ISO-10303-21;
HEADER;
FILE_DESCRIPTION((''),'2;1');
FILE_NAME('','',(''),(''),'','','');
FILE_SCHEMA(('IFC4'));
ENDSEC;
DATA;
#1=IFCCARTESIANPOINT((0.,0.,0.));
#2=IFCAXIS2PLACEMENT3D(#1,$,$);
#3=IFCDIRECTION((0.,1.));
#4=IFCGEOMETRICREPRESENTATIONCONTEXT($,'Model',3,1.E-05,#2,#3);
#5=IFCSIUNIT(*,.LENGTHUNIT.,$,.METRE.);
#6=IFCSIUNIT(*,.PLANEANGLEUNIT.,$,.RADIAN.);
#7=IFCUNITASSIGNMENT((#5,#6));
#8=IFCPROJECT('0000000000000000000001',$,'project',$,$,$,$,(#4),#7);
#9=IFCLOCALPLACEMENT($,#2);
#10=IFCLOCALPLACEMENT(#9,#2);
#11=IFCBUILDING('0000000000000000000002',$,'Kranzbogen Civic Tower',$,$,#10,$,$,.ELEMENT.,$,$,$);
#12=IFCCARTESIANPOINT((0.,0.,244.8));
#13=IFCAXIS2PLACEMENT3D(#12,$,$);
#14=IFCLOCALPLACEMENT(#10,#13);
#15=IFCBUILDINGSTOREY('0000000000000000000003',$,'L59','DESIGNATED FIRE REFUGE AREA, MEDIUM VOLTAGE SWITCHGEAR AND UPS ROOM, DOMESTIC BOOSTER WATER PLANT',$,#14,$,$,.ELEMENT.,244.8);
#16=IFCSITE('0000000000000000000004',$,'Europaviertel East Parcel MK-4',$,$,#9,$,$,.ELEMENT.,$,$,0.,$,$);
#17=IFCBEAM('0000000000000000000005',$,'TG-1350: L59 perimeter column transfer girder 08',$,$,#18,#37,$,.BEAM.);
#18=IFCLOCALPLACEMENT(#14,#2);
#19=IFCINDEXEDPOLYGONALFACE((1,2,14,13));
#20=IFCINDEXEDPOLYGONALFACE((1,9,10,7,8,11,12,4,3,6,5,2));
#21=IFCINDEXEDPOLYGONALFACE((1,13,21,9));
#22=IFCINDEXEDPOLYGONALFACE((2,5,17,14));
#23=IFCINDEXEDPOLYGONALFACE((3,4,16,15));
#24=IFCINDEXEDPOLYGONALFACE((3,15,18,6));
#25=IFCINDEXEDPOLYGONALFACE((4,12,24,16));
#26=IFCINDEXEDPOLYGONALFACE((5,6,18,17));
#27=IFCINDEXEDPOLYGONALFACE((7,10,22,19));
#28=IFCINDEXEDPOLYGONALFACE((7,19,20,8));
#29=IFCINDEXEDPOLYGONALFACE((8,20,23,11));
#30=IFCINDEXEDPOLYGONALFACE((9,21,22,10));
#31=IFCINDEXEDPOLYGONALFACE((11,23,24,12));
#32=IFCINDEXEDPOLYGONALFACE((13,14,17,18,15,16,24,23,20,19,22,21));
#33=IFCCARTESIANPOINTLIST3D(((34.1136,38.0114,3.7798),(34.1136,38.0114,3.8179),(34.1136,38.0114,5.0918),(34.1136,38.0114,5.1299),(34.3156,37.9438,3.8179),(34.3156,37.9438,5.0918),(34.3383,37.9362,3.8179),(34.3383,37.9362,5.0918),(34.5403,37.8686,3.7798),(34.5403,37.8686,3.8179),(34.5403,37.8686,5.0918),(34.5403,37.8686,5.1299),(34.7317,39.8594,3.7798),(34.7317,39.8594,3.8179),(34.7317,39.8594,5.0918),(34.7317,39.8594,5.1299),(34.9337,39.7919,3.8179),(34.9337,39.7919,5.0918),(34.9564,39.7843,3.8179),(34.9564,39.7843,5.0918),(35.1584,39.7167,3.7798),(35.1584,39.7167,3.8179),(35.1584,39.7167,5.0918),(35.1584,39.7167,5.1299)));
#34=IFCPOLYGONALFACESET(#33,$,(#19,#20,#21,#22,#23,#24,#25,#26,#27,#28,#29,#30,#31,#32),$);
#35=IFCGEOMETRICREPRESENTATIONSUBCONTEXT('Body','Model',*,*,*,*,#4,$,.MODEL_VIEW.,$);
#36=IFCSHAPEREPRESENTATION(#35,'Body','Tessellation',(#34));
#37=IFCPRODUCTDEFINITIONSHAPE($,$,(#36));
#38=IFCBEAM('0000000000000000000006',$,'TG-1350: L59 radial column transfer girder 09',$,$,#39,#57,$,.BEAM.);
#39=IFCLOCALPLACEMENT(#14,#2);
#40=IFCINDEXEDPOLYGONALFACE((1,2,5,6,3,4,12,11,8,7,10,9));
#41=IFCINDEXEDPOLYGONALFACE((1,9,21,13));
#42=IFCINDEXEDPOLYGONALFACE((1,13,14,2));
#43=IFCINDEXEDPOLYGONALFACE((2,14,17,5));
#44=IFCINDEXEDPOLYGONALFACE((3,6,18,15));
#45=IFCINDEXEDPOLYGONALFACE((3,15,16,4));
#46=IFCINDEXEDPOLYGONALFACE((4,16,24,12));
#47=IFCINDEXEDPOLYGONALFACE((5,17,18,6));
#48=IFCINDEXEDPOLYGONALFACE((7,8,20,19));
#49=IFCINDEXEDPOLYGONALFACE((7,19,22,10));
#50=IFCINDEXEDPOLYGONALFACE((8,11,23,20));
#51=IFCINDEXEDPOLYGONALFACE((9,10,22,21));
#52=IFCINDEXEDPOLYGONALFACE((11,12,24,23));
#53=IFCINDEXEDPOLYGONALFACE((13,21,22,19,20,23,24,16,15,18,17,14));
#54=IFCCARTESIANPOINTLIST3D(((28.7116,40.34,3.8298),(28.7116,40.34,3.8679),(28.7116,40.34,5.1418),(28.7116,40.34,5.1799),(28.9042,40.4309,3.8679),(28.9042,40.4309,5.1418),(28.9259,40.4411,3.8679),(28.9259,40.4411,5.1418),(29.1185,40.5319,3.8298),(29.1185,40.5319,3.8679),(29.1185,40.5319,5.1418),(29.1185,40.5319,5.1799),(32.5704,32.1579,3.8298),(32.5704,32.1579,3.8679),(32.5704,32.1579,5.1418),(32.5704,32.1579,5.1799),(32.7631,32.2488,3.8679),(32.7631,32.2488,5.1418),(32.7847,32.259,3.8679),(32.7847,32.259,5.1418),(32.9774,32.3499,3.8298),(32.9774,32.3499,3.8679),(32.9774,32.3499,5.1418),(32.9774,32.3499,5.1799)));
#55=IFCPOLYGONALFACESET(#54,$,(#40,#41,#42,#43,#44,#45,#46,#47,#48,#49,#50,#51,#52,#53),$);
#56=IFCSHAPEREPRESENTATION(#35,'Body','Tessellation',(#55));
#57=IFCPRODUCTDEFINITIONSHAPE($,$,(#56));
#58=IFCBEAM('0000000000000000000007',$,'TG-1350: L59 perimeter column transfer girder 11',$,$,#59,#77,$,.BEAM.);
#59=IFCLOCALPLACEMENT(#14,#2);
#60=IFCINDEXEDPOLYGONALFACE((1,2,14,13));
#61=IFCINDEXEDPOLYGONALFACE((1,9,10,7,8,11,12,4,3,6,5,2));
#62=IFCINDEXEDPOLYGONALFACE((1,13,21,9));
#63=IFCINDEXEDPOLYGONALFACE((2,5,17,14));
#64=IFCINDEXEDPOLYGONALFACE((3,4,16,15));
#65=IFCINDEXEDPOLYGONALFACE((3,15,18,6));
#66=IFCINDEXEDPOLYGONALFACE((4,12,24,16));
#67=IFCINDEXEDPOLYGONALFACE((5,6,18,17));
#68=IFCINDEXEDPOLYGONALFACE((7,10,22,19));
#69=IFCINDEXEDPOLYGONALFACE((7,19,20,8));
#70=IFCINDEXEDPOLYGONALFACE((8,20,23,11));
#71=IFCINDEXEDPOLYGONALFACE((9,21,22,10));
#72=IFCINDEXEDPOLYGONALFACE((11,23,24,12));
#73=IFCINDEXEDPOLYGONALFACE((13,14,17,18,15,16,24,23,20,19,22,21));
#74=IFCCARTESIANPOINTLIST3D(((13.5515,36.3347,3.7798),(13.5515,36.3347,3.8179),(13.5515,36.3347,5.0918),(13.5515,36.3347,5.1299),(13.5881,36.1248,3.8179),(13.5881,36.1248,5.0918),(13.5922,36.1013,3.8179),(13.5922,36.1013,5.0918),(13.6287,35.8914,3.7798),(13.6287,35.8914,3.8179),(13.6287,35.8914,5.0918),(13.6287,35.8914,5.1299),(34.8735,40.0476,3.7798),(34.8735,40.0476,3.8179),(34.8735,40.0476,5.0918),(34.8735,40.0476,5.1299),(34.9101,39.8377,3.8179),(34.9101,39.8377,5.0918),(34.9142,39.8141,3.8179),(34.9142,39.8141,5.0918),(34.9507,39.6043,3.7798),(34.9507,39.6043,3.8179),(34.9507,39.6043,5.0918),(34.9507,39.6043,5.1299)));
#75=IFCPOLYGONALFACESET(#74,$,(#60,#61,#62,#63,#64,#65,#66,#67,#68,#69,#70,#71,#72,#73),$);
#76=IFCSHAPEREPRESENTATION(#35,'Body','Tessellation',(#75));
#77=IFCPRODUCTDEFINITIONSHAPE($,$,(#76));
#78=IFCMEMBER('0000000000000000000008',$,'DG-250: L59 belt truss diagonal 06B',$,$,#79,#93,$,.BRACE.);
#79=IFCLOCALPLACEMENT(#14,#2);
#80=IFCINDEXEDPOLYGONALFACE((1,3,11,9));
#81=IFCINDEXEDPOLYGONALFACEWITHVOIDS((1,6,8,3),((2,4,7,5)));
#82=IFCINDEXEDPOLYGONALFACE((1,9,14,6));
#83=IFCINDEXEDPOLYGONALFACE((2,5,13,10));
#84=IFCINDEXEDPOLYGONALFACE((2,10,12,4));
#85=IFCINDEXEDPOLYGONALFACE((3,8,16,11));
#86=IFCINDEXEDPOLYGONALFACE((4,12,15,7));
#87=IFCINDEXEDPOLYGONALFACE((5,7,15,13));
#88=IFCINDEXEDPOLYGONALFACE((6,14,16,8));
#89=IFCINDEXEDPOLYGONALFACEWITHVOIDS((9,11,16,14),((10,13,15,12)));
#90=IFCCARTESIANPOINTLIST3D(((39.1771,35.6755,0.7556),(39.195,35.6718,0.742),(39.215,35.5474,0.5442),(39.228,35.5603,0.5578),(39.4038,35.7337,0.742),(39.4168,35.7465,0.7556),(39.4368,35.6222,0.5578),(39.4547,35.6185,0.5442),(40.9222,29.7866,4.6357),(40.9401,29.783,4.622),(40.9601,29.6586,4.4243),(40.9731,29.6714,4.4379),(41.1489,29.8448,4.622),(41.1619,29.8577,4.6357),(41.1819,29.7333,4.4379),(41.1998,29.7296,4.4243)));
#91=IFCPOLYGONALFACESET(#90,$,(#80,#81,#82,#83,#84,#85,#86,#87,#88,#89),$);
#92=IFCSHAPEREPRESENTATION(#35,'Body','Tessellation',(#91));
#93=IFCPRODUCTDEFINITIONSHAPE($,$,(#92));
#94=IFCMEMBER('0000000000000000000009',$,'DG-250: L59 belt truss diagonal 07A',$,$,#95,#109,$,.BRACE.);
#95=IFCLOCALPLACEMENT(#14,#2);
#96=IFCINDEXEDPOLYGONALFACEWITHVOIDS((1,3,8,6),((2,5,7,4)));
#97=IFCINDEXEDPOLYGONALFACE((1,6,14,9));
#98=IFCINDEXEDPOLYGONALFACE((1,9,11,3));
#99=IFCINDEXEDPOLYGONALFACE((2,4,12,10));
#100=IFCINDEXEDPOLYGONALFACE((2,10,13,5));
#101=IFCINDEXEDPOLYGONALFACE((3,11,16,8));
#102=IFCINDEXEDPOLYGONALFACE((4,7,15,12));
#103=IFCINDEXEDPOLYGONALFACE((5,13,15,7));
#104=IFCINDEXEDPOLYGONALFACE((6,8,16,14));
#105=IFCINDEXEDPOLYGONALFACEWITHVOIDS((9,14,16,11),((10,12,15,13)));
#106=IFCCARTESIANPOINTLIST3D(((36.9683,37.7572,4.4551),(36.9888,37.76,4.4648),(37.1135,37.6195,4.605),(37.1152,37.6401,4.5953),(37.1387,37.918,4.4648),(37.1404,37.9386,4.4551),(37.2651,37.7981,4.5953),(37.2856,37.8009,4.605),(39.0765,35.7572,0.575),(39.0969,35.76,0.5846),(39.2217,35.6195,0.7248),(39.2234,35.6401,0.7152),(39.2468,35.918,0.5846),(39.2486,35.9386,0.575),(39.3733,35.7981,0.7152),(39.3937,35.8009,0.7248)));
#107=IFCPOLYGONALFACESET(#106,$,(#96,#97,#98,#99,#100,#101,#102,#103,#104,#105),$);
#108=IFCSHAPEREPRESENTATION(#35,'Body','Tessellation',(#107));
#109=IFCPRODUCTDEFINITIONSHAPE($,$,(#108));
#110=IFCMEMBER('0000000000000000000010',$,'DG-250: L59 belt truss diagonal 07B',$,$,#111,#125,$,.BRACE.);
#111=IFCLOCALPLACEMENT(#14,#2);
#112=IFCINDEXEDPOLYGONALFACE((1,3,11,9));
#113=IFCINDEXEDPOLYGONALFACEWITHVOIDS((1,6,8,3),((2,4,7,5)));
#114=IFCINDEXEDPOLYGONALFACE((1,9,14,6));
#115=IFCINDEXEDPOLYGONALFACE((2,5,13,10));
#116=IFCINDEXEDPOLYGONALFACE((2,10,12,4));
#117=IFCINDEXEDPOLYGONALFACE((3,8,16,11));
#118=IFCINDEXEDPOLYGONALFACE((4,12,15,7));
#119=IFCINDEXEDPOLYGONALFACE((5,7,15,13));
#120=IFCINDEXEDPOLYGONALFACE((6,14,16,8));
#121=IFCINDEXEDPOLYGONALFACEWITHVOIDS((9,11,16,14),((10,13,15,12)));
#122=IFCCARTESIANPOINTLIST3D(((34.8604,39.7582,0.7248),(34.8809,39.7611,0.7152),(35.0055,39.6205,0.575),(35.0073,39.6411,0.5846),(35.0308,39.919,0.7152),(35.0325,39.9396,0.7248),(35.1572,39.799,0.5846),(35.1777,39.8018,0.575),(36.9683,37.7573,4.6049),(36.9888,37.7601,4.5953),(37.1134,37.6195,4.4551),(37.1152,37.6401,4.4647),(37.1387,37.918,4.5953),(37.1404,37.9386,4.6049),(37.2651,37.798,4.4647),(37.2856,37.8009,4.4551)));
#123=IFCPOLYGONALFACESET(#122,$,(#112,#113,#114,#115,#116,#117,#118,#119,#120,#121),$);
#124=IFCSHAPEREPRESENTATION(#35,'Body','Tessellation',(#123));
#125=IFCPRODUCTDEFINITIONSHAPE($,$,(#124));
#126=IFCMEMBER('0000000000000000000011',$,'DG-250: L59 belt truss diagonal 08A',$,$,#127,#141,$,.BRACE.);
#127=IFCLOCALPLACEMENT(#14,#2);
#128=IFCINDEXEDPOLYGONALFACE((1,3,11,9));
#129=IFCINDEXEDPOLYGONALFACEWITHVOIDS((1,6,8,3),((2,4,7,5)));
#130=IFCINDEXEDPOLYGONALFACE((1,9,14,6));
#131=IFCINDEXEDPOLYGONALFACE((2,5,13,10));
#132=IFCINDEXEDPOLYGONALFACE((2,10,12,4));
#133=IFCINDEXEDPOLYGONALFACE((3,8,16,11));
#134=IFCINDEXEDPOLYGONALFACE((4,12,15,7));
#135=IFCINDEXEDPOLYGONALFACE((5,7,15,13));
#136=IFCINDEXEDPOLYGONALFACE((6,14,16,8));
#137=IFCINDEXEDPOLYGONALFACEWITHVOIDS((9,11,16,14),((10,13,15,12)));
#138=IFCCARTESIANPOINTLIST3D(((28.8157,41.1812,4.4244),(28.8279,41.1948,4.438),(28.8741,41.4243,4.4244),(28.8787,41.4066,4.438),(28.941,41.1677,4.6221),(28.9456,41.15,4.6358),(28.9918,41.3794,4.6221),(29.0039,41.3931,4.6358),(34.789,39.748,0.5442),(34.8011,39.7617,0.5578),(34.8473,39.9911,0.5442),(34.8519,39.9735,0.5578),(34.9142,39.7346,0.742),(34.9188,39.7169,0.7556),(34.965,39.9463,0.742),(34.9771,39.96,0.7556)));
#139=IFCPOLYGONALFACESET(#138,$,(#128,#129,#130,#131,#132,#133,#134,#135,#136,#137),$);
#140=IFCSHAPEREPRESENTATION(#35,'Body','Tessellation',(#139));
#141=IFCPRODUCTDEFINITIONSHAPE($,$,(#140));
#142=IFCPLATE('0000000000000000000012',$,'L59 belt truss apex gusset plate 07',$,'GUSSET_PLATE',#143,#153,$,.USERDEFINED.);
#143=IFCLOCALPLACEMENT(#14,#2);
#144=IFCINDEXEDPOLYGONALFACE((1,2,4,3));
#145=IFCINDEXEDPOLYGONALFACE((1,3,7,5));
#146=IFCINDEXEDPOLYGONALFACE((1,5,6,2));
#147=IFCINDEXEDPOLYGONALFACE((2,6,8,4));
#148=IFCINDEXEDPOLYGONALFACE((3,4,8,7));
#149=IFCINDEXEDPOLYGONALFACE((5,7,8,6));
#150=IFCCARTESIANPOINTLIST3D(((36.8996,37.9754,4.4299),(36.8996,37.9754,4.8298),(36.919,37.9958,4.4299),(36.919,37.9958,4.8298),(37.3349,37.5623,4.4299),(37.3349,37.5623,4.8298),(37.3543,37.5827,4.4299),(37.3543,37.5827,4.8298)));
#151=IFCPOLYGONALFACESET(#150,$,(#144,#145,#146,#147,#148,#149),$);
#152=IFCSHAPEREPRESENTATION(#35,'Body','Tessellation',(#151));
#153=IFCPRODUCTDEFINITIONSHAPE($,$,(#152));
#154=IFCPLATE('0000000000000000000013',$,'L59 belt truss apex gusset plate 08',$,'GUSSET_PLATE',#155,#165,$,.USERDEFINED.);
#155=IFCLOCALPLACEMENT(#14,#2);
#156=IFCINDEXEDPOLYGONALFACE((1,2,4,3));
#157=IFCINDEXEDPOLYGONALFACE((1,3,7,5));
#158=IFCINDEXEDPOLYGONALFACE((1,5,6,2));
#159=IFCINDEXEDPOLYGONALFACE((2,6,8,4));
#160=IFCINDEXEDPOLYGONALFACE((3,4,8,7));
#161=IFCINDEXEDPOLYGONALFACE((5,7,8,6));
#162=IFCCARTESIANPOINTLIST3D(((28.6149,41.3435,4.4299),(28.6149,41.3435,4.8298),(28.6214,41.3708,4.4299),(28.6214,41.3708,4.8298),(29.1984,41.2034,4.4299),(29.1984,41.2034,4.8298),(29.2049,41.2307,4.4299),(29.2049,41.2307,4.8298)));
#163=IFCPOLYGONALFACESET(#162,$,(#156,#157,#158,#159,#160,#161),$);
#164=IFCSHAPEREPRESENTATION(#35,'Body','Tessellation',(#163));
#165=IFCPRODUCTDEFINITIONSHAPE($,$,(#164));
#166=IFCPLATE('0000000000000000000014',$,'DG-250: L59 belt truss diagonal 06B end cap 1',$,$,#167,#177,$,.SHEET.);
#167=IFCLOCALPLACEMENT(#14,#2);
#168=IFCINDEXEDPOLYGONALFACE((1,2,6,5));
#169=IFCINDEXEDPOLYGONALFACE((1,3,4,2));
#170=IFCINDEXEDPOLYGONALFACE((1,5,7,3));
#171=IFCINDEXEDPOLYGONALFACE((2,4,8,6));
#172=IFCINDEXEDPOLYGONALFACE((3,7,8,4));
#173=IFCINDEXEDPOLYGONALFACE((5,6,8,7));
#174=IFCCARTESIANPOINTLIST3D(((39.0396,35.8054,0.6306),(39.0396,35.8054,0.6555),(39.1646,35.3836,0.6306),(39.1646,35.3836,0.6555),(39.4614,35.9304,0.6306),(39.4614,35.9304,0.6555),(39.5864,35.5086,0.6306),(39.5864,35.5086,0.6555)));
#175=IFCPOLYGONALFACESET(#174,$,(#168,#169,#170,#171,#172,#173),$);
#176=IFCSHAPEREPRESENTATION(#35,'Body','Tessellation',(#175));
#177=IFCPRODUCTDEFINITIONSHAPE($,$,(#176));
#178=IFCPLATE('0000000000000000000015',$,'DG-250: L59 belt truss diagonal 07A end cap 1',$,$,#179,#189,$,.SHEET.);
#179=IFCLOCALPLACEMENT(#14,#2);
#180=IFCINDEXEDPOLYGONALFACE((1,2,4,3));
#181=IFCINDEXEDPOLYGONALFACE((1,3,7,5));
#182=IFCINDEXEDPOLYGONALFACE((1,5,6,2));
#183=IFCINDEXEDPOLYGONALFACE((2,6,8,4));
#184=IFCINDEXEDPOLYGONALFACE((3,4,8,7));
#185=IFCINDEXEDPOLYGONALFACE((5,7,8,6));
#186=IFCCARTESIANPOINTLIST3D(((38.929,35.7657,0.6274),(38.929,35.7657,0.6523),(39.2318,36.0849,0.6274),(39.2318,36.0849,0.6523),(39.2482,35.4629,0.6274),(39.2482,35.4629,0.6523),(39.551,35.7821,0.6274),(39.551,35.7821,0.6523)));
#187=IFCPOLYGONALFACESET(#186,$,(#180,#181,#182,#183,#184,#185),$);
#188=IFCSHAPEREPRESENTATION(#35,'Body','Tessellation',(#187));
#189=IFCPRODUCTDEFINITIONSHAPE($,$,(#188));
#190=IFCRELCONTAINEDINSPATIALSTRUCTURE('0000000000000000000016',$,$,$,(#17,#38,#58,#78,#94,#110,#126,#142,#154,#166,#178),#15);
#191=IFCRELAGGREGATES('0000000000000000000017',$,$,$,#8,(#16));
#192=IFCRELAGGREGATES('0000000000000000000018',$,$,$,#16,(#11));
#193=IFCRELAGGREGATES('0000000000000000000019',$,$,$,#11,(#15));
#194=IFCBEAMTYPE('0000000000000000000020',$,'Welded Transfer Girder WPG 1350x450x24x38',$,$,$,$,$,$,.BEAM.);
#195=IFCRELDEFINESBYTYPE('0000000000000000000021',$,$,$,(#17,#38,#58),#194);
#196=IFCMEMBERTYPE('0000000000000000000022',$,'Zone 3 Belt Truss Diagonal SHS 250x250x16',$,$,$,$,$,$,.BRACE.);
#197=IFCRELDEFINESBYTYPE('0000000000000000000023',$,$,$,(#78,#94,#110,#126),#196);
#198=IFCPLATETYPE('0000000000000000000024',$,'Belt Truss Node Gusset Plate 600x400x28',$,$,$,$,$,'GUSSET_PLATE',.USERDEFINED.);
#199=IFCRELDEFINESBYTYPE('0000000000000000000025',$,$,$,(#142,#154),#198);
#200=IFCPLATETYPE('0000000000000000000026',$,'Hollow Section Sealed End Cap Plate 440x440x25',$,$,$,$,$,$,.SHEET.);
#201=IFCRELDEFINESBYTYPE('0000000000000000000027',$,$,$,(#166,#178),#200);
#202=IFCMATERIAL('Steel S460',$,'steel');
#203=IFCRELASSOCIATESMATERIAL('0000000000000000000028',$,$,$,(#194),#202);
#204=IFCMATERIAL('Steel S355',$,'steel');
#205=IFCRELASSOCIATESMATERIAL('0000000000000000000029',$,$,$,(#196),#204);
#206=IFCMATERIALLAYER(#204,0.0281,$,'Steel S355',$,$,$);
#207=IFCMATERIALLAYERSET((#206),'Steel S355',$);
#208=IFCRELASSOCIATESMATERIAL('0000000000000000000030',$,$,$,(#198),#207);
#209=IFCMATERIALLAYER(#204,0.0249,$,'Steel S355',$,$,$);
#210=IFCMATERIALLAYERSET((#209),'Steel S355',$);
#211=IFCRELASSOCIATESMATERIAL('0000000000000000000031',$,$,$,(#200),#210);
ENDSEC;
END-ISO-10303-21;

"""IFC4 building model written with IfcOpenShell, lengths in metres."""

from ifc_helpers import new_model, si_unit, direction, frame, origin, origin_2d, place, context, subcontext, project, spatial, rectangle, hollow_rectangle, i_section, extrude, material, layer, layer_set, material_profile, profile_set, type_object, element, save


model = new_model("IFC4")

# Units and contexts
model_context = context("Model", 3, precision=1e-05, world=origin(), true_north=direction((0.0, 1.0)))
body_context = subcontext(model_context, "Body", "Model", "MODEL_VIEW")
ifc_project = project(units=[si_unit("LENGTHUNIT", "METRE"), si_unit("PLANEANGLEUNIT", "RADIAN")], contexts=[model_context])

# Site, building, storey
site_placement = place(None, origin())
site = spatial("IfcSite", under=ifc_project, at=site_placement, Name="Europaviertel East Parcel MK-4", CompositionType="ELEMENT", RefElevation=0.0)
building_placement = place(site_placement, origin())
building = spatial("IfcBuilding", under=site, at=building_placement, Name="Kranzbogen Civic Tower", CompositionType="ELEMENT")
storey_placement = place(building_placement, frame((0.0, 0.0, 244.8)))
storey = spatial("IfcBuildingStorey", under=building, at=storey_placement, Name="L59", Description="DESIGNATED FIRE REFUGE AREA, MEDIUM VOLTAGE SWITCHGEAR AND UPS ROOM, DOMESTIC BOOSTER WATER PLANT", CompositionType="ELEMENT", Elevation=244.8)

# Shared definitions
ifc_material_1 = material(Name="Steel S355", Category="steel")

# Shared definitions
ifc_material_2 = material(Name="Steel S460", Category="steel")

# Beams
ifc_material_profile_1 = material_profile(ifc_material_2, i_section(OverallWidth=0.45, OverallDepth=1.3501, WebThickness=0.0239, FlangeThickness=0.0381, at=origin_2d()), Name="WPG 1350x450x24x38")
ifc_profile_set_1 = profile_set([ifc_material_profile_1], Name="Steel S460")
beam_type = type_object("IfcBeamType", Name="Welded Transfer Girder WPG 1350x450x24x38", PredefinedType="BEAM", material=ifc_profile_set_1)
beam_1_placement = place(storey_placement, frame((34.9451, 39.7881, 4.4548), z_axis=(-0.317205, -0.948357, 0.0), x_axis=(0.948357, -0.317205, 0.0)))
element("IfcBeam", 1, at=beam_1_placement, inside=storey, type_object=beam_type, Name="TG-1350: L59 perimeter column transfer girder 08", PredefinedType="BEAM", context=body_context, shape_type="SweptSolid", body=[
    extrude(i_section(OverallWidth=0.45, OverallDepth=1.3501, WebThickness=0.0239, FlangeThickness=0.0381, at=origin_2d()), origin(), (0.0, 0.0, 1.0), 1.9487),
])
beam_2_placement = place(storey_placement, frame((32.7739, 32.2539, 4.5049), z_axis=(-0.426564, 0.904458, 0.0), x_axis=(-0.904458, -0.426564, 0.0)))
element("IfcBeam", 2, at=beam_2_placement, inside=storey, type_object=beam_type, Name="TG-1350: L59 radial column transfer girder 09", PredefinedType="BEAM", context=body_context, shape_type="SweptSolid", body=[
    extrude(i_section(OverallWidth=0.45, OverallDepth=1.3501, WebThickness=0.0239, FlangeThickness=0.0381, at=origin_2d()), origin(), (0.0, 0.0, 1.0), 9.0464),
])
beam_3_placement = place(storey_placement, frame((34.9121, 39.8259, 4.4548), z_axis=(-0.985175, -0.171553, 0.0), x_axis=(0.171553, -0.985175, 0.0)))
element("IfcBeam", 3, at=beam_3_placement, inside=storey, type_object=beam_type, Name="TG-1350: L59 perimeter column transfer girder 11", PredefinedType="BEAM", context=body_context, shape_type="SweptSolid", body=[
    extrude(i_section(OverallWidth=0.45, OverallDepth=1.3501, WebThickness=0.0239, FlangeThickness=0.0381, at=origin_2d()), origin(), (0.0, 0.0, 1.0), 21.6428),
])

# Members
ifc_material_profile_2 = material_profile(ifc_material_1, hollow_rectangle(XDim=0.25, YDim=0.25, WallThickness=0.0161, at=origin_2d()), Name="SHS 250x250x16")
ifc_profile_set_2 = profile_set([ifc_material_profile_2], Name="Steel S355")
member_type_1 = type_object("IfcMemberType", Name="Zone 3 Belt Truss Diagonal SHS 250x250x16", PredefinedType="BRACE", material=ifc_profile_set_2)
member_1_placement = place(storey_placement, frame((39.3159, 35.647, 0.6499), z_axis=(0.240209, -0.810588, 0.534085), x_axis=(0.958787, 0.284126, 0.0)))
element("IfcMember", 4, at=member_1_placement, inside=storey, type_object=member_type_1, Name="DG-250: L59 belt truss diagonal 06B", PredefinedType="BRACE", context=body_context, shape_type="SweptSolid", body=[
    extrude(hollow_rectangle(XDim=0.25, YDim=0.25, WallThickness=0.0161, at=origin_2d()), origin(), (0.0, 0.0, 1.0), 7.2649),
])
member_2_placement = place(storey_placement, frame((39.2351, 35.7791, 0.6499), z_axis=(-0.434882, 0.412571, 0.800414), x_axis=(-0.688252, -0.725471, 0.0)))
element("IfcMember", 5, at=member_2_placement, inside=storey, type_object=member_type_1, Name="DG-250: L59 belt truss diagonal 07A", PredefinedType="BRACE", context=body_context, shape_type="SweptSolid", body=[
    extrude(hollow_rectangle(XDim=0.25, YDim=0.25, WallThickness=0.0161, at=origin_2d()), origin(), (0.0, 0.0, 1.0), 4.8477),
])
member_3_placement = place(storey_placement, frame((35.019, 39.78, 0.6499), z_axis=(0.434805, -0.412747, 0.800365), x_axis=(0.688471, 0.725264, 0.0)))
element("IfcMember", 6, at=member_3_placement, inside=storey, type_object=member_type_1, Name="DG-250: L59 belt truss diagonal 07B", PredefinedType="BRACE", context=body_context, shape_type="SweptSolid", body=[
    extrude(hollow_rectangle(XDim=0.25, YDim=0.25, WallThickness=0.0161, at=origin_2d()), origin(), (0.0, 0.0, 1.0), 4.8479),
])
member_4_placement = place(storey_placement, frame((34.8831, 39.854, 0.6499), z_axis=(-0.822123, 0.197248, 0.534047), x_axis=(-0.233304, -0.972404, 0.0)))
element("IfcMember", 7, at=member_4_placement, inside=storey, type_object=member_type_1, Name="DG-250: L59 belt truss diagonal 08A", PredefinedType="BRACE", context=body_context, shape_type="SweptSolid", body=[
    extrude(hollow_rectangle(XDim=0.25, YDim=0.25, WallThickness=0.0161, at=origin_2d()), origin(), (0.0, 0.0, 1.0), 7.2656),
])

# Plates
ifc_layer_1 = layer(ifc_material_1, 0.0281, Name="Steel S355")
ifc_layer_set_1 = layer_set([ifc_layer_1], Name="Steel S355")
plate_type_1 = type_object("IfcPlateType", Name="Belt Truss Node Gusset Plate 600x400x28", ElementType="GUSSET_PLATE", PredefinedType="USERDEFINED", material=ifc_layer_set_1)
for number, where, z_axis, x_axis, name in (
    (8, (37.127, 37.7791, 4.4299), (0.0, 0.0, 1.0), (-0.725362, 0.688367, 0.0), "L59 belt truss apex gusset plate 07"),
    (9, (28.9099, 41.2871, 4.4299), (0.0, 0.0, 1.0), (-0.972374, 0.233428, 0.0), "L59 belt truss apex gusset plate 08"),
):
    element("IfcPlate", number, at=place(storey_placement, frame(where, z_axis=z_axis, x_axis=x_axis)), inside=storey, type_object=plate_type_1, Name=name, ObjectType="GUSSET_PLATE", PredefinedType="USERDEFINED", context=body_context, shape_type="SweptSolid", body=[
        extrude(rectangle(XDim=0.6001, YDim=0.0281, at=origin_2d()), origin(), (0.0, 0.0, 1.0), 0.3999),
    ])
ifc_layer_2 = layer(ifc_material_1, 0.0249, Name="Steel S355")
ifc_layer_set_2 = layer_set([ifc_layer_2], Name="Steel S355")
plate_type_2 = type_object("IfcPlateType", Name="Hollow Section Sealed End Cap Plate 440x440x25", PredefinedType="SHEET", material=ifc_layer_set_2)
for number, where, z_axis, x_axis, name in (
    (10, (39.313, 35.657, 0.6306), (0.0, 0.0, 1.0), (0.284099, -0.958795, 0.0), "DG-250: L59 belt truss diagonal 06B end cap 1"),
    (11, (39.24, 35.7739, 0.6274), (0.0, 0.0, 1.0), (-0.725446, 0.688279, 0.0), "DG-250: L59 belt truss diagonal 07A end cap 1"),
):
    element("IfcPlate", number, at=place(storey_placement, frame(where, z_axis=z_axis, x_axis=x_axis)), inside=storey, type_object=plate_type_2, Name=name, PredefinedType="SHEET", context=body_context, shape_type="SweptSolid", body=[
        extrude(rectangle(XDim=0.4399, YDim=0.4399, at=origin_2d()), origin(), (0.0, 0.0, 1.0), 0.0249),
    ])

save(model, "model.ifc")
